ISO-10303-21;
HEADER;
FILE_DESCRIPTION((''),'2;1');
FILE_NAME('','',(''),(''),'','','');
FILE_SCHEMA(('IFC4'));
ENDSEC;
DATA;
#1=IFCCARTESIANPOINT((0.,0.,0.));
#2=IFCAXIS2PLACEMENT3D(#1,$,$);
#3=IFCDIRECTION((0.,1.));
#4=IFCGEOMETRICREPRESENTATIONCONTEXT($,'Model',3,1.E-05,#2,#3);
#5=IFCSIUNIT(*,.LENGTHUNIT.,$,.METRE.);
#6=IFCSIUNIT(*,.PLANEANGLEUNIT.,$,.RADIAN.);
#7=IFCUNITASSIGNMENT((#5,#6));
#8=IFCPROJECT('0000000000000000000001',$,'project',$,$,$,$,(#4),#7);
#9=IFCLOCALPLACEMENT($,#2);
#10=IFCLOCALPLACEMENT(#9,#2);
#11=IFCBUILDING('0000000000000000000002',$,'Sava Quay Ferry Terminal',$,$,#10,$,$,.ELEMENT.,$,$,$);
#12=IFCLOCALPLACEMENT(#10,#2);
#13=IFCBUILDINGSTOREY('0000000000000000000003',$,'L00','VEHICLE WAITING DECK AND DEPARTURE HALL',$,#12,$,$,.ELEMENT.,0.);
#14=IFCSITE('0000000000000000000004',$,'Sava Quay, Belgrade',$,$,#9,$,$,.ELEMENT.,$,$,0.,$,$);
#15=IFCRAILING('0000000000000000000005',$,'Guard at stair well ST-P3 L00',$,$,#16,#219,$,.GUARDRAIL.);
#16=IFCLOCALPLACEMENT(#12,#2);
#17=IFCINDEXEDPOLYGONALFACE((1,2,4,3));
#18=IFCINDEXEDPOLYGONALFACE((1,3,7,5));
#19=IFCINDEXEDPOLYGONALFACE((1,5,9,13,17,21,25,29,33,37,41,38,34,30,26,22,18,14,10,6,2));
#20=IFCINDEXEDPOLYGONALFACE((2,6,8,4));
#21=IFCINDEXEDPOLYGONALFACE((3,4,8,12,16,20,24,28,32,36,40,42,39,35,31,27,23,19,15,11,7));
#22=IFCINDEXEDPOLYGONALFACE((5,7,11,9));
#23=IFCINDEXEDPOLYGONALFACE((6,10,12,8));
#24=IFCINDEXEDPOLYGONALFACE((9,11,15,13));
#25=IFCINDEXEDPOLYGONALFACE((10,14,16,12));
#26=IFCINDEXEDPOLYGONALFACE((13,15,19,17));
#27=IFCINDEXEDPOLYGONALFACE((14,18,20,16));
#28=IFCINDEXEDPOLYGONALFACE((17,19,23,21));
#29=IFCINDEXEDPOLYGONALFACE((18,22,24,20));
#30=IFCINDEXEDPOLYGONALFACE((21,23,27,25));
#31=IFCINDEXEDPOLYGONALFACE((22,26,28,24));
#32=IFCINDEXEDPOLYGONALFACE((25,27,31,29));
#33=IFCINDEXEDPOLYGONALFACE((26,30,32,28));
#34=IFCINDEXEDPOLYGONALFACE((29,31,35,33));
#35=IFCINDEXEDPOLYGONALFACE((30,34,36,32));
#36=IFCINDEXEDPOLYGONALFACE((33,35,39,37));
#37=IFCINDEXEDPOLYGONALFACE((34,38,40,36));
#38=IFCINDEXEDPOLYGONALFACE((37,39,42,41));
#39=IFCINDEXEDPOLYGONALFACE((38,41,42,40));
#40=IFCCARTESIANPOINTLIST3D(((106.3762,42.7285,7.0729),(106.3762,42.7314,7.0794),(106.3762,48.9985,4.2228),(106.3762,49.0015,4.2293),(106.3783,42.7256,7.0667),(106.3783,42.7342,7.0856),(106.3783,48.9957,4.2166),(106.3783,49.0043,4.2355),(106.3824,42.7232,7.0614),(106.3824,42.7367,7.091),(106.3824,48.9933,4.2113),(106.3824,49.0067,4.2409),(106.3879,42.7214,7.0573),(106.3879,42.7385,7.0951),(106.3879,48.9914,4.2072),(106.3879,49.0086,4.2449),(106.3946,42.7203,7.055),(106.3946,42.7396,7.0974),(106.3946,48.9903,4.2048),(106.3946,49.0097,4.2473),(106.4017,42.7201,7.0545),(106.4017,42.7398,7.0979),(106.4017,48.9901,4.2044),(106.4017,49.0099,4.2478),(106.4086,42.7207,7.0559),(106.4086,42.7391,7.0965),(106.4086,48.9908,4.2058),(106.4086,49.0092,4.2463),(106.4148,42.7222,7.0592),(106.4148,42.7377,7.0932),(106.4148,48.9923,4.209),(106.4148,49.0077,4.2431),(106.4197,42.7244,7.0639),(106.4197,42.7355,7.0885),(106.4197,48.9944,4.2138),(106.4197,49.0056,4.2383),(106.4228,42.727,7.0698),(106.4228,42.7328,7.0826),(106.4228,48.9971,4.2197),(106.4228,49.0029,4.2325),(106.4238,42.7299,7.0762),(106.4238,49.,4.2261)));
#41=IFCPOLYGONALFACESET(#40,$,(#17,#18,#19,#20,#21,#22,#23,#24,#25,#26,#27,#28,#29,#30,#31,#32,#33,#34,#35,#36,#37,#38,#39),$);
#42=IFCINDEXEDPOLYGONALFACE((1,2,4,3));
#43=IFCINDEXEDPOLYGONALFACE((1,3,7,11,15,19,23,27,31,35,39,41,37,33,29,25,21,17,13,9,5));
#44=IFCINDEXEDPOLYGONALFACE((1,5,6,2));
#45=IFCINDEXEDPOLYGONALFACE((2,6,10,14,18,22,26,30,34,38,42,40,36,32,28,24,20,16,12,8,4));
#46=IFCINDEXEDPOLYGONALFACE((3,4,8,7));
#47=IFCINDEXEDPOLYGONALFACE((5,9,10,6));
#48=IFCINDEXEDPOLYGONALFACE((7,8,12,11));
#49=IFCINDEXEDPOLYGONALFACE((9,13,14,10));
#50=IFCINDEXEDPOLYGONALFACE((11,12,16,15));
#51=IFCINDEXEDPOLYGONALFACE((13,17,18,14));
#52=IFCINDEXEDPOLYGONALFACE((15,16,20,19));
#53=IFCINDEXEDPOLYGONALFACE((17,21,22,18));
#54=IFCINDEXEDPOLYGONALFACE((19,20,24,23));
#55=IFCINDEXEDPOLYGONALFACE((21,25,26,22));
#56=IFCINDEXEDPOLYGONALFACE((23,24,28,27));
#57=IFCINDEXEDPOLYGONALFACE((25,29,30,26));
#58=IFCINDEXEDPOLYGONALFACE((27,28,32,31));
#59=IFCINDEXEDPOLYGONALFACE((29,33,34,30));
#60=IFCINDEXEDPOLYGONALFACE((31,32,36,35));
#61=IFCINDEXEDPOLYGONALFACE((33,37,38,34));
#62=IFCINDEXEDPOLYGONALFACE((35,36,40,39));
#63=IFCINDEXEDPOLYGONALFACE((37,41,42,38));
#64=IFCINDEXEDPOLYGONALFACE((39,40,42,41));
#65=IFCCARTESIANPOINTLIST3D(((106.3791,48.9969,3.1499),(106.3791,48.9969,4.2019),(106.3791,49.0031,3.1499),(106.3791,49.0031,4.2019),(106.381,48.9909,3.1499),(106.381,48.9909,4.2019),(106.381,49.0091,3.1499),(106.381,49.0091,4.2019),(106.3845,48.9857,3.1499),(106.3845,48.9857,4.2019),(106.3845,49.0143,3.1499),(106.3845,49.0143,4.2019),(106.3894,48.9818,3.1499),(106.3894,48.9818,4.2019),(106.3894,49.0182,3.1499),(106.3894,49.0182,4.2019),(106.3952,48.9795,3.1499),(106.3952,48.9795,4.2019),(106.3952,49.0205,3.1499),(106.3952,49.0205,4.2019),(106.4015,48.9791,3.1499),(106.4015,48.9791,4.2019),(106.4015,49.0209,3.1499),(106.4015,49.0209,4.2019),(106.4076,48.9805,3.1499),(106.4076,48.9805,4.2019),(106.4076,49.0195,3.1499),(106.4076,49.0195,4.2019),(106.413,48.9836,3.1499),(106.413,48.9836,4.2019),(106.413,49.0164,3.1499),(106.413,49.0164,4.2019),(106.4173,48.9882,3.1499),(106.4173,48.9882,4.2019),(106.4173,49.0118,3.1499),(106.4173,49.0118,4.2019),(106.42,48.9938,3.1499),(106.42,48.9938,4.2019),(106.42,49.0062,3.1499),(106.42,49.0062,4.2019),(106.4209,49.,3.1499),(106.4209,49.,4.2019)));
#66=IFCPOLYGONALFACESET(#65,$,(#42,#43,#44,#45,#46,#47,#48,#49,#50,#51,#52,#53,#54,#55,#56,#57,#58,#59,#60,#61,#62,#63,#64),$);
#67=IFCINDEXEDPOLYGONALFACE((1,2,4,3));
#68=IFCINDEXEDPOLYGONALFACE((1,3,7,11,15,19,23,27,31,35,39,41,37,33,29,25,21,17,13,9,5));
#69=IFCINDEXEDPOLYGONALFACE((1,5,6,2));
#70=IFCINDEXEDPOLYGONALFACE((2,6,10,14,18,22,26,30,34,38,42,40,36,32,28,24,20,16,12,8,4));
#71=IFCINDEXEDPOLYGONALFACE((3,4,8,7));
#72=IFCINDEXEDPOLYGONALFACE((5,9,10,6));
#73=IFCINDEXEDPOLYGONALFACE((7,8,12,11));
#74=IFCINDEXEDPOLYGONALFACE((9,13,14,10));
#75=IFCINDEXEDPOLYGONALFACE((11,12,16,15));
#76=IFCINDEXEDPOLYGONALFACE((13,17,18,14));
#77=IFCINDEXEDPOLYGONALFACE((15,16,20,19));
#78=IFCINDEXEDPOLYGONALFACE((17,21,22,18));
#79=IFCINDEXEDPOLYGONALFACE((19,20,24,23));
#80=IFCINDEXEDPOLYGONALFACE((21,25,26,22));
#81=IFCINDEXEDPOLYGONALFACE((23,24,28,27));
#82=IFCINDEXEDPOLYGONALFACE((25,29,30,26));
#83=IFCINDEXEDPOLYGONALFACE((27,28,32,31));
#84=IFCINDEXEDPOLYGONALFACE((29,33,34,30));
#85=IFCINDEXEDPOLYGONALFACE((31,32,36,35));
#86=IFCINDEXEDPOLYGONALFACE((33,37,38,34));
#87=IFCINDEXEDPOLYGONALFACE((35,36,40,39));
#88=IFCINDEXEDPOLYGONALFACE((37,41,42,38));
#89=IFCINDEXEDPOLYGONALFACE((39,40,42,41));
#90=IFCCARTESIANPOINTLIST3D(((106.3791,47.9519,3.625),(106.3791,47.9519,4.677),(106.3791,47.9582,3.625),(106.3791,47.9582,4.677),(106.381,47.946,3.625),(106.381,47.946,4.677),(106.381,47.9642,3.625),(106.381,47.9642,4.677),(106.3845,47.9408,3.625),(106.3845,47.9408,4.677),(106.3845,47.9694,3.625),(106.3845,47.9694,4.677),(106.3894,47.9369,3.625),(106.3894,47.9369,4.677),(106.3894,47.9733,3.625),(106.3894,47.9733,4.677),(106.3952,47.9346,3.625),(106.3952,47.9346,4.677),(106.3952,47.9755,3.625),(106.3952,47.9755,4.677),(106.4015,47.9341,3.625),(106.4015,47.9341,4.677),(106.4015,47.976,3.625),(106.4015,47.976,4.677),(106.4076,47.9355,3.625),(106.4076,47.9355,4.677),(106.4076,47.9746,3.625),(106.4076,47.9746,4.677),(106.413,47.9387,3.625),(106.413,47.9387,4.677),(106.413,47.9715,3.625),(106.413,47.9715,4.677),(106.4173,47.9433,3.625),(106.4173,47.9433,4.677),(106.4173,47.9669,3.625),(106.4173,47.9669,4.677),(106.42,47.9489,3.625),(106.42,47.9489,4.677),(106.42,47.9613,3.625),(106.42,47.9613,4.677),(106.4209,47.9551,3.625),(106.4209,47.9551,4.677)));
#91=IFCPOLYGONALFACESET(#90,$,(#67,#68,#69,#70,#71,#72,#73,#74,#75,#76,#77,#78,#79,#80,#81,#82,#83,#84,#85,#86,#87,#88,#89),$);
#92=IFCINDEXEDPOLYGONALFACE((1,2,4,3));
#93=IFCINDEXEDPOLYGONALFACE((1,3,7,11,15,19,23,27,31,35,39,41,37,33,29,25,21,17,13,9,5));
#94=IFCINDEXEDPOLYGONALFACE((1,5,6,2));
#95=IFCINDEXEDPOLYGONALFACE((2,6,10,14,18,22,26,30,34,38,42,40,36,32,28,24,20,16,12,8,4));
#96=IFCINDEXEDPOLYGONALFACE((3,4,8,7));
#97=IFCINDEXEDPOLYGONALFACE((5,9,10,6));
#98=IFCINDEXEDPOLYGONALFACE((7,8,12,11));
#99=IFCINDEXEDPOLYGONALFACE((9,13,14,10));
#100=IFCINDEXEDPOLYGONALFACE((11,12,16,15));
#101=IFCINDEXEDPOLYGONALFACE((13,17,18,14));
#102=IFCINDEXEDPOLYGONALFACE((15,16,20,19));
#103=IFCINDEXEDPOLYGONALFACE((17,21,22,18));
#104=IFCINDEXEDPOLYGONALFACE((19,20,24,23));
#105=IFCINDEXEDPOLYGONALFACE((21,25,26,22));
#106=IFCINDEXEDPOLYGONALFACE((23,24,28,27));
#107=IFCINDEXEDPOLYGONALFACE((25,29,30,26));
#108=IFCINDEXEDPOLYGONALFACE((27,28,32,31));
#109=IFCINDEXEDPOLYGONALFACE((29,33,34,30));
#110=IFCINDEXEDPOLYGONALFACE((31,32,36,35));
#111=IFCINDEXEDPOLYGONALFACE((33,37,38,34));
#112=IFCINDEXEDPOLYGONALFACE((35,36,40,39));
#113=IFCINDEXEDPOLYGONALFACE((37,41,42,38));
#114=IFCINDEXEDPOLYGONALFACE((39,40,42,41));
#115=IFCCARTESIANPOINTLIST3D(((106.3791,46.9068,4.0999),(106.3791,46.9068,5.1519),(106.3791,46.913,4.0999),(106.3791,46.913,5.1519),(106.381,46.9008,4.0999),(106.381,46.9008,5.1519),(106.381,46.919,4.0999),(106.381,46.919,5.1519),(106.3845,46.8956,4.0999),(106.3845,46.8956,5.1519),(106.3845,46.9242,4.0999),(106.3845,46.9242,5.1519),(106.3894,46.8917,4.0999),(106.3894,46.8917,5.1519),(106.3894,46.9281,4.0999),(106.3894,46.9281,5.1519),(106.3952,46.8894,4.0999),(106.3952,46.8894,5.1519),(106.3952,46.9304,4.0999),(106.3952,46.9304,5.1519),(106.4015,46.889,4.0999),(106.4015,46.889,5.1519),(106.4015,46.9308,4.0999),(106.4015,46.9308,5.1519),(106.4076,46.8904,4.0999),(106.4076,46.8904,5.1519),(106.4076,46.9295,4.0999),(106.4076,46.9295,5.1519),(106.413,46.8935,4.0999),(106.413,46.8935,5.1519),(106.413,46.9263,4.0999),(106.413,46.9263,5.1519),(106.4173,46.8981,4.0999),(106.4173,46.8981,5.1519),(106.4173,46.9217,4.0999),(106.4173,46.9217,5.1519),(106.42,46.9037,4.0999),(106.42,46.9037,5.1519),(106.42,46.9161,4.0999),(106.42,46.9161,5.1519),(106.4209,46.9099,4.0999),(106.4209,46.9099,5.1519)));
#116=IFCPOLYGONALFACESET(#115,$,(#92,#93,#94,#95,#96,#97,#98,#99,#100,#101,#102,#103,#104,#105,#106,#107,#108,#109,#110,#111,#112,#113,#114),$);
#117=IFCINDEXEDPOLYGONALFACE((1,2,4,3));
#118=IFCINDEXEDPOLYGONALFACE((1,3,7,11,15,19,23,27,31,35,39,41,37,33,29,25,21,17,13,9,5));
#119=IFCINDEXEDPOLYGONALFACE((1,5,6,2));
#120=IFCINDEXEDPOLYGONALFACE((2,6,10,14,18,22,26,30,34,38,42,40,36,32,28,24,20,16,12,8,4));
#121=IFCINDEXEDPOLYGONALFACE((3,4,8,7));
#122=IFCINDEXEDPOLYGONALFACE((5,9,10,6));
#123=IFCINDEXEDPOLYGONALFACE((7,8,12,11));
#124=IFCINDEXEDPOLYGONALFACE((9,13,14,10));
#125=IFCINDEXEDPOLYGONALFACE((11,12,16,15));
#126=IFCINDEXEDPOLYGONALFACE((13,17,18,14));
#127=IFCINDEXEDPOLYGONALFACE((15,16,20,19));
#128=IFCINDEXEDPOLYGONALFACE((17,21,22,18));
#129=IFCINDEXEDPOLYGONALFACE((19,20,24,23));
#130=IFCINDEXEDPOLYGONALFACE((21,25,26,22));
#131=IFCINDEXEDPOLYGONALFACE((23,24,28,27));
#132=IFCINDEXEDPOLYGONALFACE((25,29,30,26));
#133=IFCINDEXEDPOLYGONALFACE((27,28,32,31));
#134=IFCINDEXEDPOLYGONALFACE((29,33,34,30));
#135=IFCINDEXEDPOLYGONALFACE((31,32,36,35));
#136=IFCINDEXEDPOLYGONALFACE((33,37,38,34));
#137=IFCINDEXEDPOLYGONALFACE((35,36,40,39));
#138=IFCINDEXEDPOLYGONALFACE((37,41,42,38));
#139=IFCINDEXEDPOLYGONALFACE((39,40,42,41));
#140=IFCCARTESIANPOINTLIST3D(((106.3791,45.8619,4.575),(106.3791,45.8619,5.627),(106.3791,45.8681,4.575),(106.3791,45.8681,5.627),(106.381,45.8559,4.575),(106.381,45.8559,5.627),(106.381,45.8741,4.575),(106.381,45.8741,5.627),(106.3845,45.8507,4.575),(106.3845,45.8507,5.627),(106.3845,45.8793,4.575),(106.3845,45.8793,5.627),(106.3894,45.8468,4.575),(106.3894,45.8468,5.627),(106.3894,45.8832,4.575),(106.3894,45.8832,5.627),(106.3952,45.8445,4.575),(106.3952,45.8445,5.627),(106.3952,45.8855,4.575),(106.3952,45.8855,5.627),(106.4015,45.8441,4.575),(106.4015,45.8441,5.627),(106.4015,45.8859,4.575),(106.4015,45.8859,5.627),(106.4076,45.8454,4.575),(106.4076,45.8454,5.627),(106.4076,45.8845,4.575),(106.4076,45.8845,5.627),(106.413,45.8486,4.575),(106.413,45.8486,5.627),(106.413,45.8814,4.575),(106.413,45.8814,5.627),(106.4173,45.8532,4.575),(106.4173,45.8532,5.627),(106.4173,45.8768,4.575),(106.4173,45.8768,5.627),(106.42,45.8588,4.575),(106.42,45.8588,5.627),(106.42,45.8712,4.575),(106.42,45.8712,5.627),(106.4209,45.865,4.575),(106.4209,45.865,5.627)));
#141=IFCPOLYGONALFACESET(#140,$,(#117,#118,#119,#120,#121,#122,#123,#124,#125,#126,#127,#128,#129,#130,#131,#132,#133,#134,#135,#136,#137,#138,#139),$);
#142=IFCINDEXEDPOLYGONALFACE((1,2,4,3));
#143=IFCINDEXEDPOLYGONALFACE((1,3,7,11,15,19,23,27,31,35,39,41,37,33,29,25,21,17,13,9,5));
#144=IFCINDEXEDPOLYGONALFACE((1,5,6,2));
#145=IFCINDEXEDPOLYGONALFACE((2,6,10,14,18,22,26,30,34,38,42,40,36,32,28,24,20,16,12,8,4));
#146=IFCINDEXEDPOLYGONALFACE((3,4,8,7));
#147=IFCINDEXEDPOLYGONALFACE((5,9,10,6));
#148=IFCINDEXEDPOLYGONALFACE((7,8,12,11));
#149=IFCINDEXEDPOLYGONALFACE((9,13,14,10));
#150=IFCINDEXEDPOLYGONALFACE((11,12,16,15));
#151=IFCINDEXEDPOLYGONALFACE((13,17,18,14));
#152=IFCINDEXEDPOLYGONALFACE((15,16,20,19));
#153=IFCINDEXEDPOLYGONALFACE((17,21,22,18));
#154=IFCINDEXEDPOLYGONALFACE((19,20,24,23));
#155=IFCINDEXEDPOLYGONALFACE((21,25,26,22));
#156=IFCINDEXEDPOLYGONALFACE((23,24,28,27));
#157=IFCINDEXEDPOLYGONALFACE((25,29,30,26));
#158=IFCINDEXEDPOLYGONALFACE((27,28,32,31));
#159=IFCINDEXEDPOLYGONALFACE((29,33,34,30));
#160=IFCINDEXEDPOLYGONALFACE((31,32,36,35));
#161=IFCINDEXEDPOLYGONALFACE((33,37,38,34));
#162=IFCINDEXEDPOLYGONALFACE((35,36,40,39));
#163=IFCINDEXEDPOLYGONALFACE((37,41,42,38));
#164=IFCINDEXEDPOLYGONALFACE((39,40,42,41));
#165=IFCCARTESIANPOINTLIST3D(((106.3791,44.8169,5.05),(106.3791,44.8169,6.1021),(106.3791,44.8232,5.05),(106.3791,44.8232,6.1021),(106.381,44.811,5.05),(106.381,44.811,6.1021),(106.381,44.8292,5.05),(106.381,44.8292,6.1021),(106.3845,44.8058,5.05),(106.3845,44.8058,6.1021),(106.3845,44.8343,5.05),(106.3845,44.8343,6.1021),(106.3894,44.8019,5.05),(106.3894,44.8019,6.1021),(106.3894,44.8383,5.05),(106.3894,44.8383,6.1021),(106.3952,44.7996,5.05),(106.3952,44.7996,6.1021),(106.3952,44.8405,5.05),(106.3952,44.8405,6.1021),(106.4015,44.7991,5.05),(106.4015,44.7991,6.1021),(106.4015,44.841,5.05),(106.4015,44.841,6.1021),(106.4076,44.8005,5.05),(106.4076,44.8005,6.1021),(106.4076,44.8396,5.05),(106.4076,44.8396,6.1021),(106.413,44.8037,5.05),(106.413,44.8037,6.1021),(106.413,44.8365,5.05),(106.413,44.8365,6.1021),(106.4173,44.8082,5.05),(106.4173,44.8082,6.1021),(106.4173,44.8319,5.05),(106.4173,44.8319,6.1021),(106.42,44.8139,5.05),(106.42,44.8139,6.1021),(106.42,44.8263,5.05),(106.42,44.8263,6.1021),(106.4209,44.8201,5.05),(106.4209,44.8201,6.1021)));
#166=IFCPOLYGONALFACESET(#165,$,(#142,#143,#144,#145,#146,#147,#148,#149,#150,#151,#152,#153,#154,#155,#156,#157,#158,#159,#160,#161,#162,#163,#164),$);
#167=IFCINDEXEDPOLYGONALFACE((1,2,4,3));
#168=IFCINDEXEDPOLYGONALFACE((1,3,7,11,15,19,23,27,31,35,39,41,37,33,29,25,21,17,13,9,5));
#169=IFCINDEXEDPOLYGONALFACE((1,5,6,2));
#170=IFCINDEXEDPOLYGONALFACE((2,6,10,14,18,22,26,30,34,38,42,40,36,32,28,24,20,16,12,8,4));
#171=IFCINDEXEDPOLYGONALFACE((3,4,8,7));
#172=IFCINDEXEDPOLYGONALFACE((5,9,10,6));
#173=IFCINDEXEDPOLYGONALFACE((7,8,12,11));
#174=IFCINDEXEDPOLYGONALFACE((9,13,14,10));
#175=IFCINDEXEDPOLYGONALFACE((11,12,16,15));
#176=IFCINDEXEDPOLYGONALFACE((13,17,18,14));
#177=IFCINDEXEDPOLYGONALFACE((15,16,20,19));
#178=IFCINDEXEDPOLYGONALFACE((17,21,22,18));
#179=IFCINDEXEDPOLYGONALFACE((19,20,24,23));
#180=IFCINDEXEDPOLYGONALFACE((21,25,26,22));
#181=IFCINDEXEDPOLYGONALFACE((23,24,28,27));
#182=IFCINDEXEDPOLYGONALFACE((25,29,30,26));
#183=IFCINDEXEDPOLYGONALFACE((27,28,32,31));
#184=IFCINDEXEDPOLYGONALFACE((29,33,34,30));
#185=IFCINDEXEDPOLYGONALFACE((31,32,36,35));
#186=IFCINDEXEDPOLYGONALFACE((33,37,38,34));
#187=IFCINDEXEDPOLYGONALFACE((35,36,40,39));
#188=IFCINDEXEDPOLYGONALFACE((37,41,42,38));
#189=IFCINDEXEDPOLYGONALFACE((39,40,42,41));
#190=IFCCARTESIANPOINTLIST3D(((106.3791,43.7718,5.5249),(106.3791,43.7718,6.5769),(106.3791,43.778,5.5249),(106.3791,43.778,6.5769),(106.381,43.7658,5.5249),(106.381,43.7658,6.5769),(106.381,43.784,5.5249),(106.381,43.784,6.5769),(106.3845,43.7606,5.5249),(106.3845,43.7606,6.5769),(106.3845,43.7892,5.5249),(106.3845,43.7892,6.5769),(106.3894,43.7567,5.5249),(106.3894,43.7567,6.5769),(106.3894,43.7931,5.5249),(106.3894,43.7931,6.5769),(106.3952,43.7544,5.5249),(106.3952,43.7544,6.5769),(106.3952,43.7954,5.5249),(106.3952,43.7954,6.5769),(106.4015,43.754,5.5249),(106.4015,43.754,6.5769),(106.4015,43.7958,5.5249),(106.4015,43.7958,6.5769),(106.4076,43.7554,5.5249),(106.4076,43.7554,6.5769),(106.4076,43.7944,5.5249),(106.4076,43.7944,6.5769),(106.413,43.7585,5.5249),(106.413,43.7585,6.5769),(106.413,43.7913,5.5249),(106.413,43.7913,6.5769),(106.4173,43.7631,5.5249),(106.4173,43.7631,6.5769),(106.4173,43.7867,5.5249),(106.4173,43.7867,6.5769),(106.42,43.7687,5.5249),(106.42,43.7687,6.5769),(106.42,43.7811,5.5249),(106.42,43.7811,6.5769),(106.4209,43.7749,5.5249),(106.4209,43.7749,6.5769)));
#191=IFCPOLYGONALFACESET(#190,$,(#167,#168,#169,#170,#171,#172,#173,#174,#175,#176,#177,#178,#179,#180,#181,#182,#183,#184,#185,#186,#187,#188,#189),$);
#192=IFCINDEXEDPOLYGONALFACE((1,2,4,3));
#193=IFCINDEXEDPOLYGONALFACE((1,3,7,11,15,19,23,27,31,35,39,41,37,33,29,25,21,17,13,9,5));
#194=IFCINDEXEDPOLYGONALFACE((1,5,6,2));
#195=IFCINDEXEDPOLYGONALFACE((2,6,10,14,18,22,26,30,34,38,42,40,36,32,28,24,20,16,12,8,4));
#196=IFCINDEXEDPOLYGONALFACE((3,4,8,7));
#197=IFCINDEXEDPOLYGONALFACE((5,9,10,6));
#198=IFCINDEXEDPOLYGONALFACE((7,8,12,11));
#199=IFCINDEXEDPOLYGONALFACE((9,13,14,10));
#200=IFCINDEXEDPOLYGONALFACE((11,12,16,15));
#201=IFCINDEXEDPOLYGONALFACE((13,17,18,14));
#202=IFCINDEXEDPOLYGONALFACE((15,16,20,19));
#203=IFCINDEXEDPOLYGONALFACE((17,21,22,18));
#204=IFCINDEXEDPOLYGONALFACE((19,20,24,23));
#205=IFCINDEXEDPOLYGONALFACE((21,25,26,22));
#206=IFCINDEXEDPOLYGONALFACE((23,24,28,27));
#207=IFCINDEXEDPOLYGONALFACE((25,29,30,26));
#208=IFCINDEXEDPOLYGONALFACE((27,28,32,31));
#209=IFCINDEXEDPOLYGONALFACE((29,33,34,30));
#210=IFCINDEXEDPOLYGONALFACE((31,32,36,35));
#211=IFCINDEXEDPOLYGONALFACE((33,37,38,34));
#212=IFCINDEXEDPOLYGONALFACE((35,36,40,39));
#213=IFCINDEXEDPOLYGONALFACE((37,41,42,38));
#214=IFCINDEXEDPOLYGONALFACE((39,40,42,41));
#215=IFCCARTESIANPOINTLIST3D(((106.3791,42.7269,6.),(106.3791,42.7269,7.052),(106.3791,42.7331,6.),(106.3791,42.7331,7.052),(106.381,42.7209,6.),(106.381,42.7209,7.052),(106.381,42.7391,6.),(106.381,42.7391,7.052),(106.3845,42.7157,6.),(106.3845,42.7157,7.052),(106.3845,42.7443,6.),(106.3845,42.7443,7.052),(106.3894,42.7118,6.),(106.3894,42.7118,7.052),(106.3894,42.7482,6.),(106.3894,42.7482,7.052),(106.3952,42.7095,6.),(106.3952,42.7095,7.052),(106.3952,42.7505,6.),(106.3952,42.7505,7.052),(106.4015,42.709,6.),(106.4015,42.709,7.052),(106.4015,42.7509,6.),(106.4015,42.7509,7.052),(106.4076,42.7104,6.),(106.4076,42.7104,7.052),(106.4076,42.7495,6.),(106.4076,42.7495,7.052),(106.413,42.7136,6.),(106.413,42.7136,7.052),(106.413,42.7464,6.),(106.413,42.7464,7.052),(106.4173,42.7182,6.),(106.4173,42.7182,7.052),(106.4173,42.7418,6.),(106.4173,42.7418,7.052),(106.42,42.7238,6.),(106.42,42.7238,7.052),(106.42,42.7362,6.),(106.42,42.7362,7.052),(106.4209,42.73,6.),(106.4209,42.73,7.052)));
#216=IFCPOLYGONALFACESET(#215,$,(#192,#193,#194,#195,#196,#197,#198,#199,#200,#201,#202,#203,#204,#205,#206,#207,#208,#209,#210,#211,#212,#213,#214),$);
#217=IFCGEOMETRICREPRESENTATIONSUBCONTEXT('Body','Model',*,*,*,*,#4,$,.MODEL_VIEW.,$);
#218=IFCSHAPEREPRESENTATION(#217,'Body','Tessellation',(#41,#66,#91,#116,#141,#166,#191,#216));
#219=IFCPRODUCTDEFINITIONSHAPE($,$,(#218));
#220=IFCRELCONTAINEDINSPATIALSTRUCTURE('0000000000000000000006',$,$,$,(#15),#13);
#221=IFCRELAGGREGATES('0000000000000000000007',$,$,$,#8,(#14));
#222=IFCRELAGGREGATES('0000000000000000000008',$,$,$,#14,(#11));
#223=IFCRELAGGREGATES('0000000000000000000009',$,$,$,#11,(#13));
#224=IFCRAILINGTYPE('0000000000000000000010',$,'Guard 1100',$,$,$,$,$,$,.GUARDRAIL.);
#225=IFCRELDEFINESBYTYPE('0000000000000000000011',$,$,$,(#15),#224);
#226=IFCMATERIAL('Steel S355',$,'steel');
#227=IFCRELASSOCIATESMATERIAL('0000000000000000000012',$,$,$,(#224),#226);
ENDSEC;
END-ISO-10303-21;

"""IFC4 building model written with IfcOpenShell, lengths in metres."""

from ifc_helpers import new_model, si_unit, direction, frame, origin, origin_2d, place, context, subcontext, project, spatial, circle, extrude, material, type_object, element, save


model = new_model("IFC4")

# Units and contexts
model_context = context("Model", 3, precision=1e-05, world=origin(), true_north=direction((0.0, 1.0)))
body_context = subcontext(model_context, "Body", "Model", "MODEL_VIEW")
ifc_project = project(units=[si_unit("LENGTHUNIT", "METRE"), si_unit("PLANEANGLEUNIT", "RADIAN")], contexts=[model_context])

# Site, building, storey
site_placement = place(None, origin())
site = spatial("IfcSite", under=ifc_project, at=site_placement, Name="Sava Quay, Belgrade", CompositionType="ELEMENT", RefElevation=0.0)
building_placement = place(site_placement, origin())
building = spatial("IfcBuilding", under=site, at=building_placement, Name="Sava Quay Ferry Terminal", CompositionType="ELEMENT")
storey_placement = place(building_placement, origin())
storey = spatial("IfcBuildingStorey", under=building, at=storey_placement, Name="L00", Description="VEHICLE WAITING DECK AND DEPARTURE HALL", CompositionType="ELEMENT", Elevation=0.0)

# Railing
ifc_material_1 = material(Name="Steel S355", Category="steel")
railing_type_1 = type_object("IfcRailingType", Name="Guard 1100", PredefinedType="GUARDRAIL", material=ifc_material_1)
railing_1_placement = place(storey_placement, frame((106.3999, 49.0, 3.1499)))
element("IfcRailing", 1, at=railing_1_placement, inside=storey, type_object=railing_type_1, Name="Guard at stair well ST-P3 L00", PredefinedType="GUARDRAIL", context=body_context, shape_type="SweptSolid", body=[
    extrude(circle(Radius=0.0239, at=origin_2d()), frame((0.0, 0.0, 1.0762), z_axis=(0.0, -0.910362, 0.413814), x_axis=(1.0, 0.0, 0.0)), (0.0, 0.0, 1.0), 6.8875),
    extrude(circle(Radius=0.021, at=origin_2d()), origin(), (0.0, 0.0, 1.0), 1.052),
    extrude(circle(Radius=0.021, at=origin_2d()), frame((0.0, -1.0449, 0.4751)), (0.0, 0.0, 1.0), 1.052),
    extrude(circle(Radius=0.021, at=origin_2d()), frame((0.0, -2.0901, 0.95)), (0.0, 0.0, 1.0), 1.052),
    extrude(circle(Radius=0.021, at=origin_2d()), frame((0.0, -3.135, 1.425)), (0.0, 0.0, 1.0), 1.052),
    extrude(circle(Radius=0.021, at=origin_2d()), frame((0.0, -4.1799, 1.9001)), (0.0, 0.0, 1.0), 1.052),
    extrude(circle(Radius=0.021, at=origin_2d()), frame((0.0, -5.2251, 2.375)), (0.0, 0.0, 1.0), 1.052),
    extrude(circle(Radius=0.021, at=origin_2d()), frame((0.0, -6.27, 2.8501)), (0.0, 0.0, 1.0), 1.052),
])

save(model, "model.ifc")
